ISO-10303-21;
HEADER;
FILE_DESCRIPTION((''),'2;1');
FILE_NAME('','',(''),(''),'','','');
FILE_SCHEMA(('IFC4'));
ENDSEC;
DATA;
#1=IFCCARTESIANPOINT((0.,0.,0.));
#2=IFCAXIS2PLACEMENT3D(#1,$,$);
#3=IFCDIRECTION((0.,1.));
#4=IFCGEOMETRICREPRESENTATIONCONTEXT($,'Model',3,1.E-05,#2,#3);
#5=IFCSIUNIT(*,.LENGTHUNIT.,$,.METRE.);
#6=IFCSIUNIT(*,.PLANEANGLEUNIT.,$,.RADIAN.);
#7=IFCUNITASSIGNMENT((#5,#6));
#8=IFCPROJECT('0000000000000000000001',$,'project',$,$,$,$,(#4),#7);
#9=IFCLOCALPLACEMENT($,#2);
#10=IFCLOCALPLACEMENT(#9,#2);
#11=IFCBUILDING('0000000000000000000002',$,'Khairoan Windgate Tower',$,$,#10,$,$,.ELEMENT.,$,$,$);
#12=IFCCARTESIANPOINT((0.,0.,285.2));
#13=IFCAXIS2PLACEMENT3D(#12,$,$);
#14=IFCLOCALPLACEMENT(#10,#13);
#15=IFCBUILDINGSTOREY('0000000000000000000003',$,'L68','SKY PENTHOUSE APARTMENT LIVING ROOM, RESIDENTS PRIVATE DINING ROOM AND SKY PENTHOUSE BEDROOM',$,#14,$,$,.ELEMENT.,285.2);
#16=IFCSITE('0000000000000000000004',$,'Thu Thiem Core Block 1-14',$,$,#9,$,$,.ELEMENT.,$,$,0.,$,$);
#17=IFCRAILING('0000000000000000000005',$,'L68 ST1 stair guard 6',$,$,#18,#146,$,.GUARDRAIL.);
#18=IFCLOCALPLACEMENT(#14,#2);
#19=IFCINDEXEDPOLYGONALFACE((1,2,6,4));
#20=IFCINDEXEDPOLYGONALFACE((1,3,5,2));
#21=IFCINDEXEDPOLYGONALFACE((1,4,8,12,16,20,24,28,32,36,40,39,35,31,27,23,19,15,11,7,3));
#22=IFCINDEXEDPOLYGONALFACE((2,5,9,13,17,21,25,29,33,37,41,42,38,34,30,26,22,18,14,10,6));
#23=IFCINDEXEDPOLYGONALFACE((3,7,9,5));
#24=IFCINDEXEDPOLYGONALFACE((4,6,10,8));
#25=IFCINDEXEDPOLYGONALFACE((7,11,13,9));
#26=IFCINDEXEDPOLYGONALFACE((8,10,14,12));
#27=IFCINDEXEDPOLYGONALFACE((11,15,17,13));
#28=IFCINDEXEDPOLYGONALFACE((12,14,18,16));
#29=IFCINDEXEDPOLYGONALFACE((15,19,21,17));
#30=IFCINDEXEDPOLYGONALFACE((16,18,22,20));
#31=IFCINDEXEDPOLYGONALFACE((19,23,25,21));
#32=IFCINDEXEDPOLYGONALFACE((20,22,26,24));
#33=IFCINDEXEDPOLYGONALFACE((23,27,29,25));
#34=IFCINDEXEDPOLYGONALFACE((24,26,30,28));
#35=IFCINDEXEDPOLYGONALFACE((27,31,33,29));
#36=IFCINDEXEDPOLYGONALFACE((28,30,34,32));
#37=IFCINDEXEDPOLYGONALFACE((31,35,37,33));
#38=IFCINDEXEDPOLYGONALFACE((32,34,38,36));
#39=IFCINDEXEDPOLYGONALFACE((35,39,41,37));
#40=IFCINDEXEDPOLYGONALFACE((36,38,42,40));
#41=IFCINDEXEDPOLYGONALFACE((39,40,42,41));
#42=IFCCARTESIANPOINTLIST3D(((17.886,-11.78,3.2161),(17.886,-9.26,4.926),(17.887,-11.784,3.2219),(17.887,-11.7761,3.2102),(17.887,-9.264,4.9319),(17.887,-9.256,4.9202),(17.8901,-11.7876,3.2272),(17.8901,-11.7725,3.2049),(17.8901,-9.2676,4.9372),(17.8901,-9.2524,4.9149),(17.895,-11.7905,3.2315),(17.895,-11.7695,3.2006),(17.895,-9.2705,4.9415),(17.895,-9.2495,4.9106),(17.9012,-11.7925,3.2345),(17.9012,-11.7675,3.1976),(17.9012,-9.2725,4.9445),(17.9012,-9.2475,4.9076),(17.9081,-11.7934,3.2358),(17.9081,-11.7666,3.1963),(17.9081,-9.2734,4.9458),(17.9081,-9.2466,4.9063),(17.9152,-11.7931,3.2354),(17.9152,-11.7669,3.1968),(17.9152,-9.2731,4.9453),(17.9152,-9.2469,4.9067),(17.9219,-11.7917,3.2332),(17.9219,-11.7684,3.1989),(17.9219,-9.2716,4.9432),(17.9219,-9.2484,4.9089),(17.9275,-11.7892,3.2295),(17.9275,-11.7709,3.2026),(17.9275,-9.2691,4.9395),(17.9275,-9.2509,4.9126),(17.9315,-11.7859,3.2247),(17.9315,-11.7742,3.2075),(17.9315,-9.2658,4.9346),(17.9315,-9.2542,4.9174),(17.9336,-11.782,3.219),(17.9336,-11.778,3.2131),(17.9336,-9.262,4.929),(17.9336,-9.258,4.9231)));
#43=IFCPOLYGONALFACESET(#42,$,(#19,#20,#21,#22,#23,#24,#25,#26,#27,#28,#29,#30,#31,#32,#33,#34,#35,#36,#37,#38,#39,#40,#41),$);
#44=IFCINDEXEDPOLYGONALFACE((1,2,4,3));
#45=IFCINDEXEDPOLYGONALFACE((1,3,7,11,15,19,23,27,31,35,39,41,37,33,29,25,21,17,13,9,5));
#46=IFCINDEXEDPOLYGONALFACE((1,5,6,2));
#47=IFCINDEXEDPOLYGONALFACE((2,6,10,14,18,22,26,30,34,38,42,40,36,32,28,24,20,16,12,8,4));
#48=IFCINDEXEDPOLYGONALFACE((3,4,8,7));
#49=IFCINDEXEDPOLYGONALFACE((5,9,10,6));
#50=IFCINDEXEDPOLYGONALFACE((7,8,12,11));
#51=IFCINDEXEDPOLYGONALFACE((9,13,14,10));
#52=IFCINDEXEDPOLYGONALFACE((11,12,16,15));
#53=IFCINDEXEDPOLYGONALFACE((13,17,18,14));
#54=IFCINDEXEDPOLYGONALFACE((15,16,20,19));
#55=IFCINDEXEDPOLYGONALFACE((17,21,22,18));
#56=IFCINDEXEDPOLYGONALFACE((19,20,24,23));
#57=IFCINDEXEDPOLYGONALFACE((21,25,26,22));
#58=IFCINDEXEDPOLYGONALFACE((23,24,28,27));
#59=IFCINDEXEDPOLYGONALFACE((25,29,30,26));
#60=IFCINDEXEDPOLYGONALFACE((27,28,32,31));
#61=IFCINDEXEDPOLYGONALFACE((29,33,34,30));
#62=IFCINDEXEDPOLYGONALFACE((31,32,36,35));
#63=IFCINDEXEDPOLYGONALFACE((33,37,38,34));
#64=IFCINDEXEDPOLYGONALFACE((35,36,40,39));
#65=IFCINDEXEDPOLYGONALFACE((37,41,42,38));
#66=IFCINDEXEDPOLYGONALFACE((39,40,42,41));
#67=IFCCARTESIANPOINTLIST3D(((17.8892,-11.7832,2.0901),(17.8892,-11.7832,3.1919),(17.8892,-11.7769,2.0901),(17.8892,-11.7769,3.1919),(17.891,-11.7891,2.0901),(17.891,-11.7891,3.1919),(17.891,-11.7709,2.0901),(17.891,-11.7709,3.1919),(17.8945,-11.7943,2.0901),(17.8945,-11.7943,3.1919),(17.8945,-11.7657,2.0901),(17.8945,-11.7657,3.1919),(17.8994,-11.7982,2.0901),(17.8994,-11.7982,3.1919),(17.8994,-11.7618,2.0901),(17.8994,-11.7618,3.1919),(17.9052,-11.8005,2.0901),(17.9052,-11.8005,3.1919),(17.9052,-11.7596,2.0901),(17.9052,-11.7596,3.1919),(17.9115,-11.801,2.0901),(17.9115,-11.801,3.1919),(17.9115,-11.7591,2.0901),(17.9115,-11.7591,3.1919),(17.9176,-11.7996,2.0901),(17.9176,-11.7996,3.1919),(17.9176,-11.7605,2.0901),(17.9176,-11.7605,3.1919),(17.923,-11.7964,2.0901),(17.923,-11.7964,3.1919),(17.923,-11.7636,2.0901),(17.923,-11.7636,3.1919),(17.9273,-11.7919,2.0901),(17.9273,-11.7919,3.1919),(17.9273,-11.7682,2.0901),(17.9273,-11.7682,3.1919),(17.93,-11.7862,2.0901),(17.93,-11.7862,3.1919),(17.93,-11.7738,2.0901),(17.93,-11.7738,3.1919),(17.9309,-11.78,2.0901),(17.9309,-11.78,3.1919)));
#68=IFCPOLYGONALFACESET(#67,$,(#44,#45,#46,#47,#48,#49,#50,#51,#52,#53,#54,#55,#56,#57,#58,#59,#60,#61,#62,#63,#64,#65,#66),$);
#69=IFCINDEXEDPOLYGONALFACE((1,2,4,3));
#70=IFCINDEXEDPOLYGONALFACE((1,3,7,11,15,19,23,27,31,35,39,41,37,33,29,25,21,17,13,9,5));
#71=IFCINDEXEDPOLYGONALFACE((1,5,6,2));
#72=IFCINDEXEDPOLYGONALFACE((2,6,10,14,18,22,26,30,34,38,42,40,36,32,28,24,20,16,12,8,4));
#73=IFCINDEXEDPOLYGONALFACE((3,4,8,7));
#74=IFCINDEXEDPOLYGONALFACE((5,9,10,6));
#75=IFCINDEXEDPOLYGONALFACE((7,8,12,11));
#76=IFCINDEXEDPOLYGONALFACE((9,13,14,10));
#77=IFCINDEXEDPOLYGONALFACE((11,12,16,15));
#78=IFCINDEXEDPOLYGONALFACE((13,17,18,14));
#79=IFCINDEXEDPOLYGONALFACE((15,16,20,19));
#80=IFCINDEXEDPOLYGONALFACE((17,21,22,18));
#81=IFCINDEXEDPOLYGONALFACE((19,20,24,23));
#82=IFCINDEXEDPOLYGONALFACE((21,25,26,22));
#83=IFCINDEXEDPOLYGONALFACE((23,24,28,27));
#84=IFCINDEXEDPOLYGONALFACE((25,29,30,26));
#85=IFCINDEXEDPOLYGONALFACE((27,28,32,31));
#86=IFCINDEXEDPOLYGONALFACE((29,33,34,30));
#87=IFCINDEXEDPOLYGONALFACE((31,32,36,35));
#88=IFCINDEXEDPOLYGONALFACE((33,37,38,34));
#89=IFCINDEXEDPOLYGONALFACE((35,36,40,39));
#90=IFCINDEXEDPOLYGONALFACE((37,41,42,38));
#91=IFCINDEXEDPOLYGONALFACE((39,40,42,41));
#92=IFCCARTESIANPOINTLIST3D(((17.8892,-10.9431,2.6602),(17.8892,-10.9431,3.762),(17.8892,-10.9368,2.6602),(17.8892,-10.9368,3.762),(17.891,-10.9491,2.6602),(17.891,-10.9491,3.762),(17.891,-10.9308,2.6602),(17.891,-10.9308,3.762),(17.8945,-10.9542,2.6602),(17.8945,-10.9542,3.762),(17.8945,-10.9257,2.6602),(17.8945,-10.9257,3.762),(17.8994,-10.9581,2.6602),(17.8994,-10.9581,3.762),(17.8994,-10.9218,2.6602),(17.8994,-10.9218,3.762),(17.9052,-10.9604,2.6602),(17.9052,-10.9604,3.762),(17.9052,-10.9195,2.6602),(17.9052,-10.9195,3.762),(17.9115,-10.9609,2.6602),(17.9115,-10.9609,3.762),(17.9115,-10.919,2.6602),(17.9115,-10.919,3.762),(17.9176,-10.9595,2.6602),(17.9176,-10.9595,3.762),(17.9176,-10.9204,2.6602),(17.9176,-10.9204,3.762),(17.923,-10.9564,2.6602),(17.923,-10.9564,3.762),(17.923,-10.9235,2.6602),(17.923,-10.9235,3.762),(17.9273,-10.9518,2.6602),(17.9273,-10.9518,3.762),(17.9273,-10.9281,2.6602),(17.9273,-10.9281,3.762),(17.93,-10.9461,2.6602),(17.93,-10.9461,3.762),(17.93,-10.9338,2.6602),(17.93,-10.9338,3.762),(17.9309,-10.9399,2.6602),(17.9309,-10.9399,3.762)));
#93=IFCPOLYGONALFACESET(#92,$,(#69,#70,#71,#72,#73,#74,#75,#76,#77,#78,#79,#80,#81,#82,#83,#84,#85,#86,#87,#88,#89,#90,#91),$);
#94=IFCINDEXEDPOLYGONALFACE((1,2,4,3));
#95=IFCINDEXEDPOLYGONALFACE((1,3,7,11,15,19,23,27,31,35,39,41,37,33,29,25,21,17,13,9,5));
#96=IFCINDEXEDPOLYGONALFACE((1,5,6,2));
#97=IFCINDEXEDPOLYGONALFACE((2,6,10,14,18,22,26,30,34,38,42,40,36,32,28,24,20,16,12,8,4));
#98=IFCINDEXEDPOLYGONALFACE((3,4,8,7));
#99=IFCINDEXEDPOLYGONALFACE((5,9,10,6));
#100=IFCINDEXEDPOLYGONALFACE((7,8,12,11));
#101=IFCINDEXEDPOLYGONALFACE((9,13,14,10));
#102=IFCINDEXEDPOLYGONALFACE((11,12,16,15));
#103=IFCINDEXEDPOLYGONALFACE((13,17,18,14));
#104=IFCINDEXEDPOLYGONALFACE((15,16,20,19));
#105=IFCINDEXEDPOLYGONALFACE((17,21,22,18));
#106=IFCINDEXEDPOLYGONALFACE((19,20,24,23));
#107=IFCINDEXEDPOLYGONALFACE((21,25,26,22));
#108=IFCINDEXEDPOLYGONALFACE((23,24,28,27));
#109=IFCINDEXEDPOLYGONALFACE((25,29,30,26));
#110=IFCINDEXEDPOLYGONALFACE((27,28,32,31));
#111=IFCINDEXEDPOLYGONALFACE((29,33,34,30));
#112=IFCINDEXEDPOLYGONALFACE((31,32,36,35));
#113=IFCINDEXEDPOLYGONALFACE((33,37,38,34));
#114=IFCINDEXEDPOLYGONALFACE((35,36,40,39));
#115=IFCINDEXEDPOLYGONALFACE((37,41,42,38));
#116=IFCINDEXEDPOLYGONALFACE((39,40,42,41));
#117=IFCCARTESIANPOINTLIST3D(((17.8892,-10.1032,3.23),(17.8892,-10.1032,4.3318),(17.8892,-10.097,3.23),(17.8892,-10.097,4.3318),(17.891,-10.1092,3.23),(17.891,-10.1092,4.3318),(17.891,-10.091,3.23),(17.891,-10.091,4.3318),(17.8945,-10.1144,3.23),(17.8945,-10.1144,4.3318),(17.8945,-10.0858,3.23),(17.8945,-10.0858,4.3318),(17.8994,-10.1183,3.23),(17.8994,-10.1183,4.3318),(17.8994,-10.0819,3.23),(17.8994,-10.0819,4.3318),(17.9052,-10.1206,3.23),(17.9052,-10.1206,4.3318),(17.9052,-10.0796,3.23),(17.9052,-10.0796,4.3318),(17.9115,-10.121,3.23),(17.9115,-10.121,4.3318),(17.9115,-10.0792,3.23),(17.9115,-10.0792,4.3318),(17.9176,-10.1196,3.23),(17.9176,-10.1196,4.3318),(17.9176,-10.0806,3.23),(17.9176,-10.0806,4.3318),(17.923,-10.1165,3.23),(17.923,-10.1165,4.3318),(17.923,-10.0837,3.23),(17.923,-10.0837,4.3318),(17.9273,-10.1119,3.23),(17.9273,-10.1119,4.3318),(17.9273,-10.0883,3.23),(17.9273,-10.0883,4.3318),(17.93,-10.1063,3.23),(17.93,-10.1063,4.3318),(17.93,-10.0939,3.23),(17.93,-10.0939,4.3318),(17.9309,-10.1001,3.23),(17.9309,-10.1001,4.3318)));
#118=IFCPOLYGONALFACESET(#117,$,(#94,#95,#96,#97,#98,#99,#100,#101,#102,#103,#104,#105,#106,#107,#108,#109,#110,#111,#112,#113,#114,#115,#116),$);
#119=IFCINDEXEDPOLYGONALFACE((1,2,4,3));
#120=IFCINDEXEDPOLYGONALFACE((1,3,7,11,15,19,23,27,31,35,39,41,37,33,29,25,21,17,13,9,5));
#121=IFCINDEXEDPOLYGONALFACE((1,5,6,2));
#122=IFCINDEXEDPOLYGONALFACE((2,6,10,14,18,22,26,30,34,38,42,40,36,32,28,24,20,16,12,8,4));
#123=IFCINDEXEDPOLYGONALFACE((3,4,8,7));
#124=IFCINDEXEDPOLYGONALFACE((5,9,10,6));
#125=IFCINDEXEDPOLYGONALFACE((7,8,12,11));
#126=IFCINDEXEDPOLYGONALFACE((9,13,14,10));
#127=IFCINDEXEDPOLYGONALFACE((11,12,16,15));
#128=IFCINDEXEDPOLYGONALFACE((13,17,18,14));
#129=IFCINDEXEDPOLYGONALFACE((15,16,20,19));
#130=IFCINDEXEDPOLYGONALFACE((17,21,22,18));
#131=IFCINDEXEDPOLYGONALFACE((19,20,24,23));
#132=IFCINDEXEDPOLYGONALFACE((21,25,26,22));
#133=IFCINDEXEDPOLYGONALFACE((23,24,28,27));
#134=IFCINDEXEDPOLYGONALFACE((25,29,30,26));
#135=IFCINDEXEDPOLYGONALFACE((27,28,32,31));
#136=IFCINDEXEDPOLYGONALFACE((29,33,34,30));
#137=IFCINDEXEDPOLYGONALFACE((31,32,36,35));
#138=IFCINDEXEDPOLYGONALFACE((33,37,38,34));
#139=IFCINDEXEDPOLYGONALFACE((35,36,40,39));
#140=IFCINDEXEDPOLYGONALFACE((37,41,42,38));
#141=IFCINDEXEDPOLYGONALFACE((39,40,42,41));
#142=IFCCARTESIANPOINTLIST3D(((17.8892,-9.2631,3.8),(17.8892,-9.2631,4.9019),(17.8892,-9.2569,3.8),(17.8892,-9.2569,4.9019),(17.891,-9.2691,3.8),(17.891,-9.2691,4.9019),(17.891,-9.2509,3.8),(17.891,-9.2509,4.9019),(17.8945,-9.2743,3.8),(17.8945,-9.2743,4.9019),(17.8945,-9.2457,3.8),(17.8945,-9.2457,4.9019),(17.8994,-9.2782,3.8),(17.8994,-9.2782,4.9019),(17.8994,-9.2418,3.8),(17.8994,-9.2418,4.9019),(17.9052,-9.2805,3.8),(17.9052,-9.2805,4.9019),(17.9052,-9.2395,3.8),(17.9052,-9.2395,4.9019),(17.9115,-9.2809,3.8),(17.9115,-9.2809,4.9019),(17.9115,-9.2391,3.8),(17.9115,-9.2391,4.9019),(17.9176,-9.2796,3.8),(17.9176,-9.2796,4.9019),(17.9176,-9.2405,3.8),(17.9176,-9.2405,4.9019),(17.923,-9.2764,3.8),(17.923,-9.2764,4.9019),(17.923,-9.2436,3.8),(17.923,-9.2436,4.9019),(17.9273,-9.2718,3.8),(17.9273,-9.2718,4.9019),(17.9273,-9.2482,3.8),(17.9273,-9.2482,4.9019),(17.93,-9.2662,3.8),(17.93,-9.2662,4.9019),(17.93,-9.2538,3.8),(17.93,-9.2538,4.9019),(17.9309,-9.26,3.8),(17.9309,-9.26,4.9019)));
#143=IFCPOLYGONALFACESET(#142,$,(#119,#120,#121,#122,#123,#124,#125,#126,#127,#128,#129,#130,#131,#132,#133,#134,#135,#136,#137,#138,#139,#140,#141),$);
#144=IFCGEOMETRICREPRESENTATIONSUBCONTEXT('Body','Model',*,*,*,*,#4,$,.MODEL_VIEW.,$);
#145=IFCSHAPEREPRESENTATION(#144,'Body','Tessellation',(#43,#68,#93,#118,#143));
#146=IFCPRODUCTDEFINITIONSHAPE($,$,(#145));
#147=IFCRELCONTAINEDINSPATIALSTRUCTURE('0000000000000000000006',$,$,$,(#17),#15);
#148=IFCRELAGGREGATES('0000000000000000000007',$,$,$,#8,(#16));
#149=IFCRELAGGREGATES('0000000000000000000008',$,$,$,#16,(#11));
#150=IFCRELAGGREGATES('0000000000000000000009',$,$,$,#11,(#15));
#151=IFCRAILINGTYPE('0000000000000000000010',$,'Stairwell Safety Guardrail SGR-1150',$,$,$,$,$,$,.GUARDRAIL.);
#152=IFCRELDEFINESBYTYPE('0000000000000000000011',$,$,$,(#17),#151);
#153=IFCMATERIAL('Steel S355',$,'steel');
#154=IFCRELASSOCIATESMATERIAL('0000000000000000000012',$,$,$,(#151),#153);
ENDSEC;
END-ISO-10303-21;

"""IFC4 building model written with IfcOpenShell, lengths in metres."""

from ifc_helpers import new_model, si_unit, direction, frame, origin, origin_2d, place, context, subcontext, project, spatial, circle, extrude, material, type_object, element, save


model = new_model("IFC4")

# Units and contexts
model_context = context("Model", 3, precision=1e-05, world=origin(), true_north=direction((0.0, 1.0)))
body_context = subcontext(model_context, "Body", "Model", "MODEL_VIEW")
ifc_project = project(units=[si_unit("LENGTHUNIT", "METRE"), si_unit("PLANEANGLEUNIT", "RADIAN")], contexts=[model_context])

# Site, building, storey
site_placement = place(None, origin())
site = spatial("IfcSite", under=ifc_project, at=site_placement, Name="Thu Thiem Core Block 1-14", CompositionType="ELEMENT", RefElevation=0.0)
building_placement = place(site_placement, origin())
building = spatial("IfcBuilding", under=site, at=building_placement, Name="Khairoan Windgate Tower", CompositionType="ELEMENT")
storey_placement = place(building_placement, frame((0.0, 0.0, 285.2)))
storey = spatial("IfcBuildingStorey", under=building, at=storey_placement, Name="L68", Description="SKY PENTHOUSE APARTMENT LIVING ROOM, RESIDENTS PRIVATE DINING ROOM AND SKY PENTHOUSE BEDROOM", CompositionType="ELEMENT", Elevation=285.2)

# Railing
ifc_material_1 = material(Name="Steel S355", Category="steel")
railing_type_1 = type_object("IfcRailingType", Name="Stairwell Safety Guardrail SGR-1150", PredefinedType="GUARDRAIL", material=ifc_material_1)
railing_1_placement = place(storey_placement, frame((17.9099, -11.78, 2.0901)))
element("IfcRailing", 1, at=railing_1_placement, inside=storey, type_object=railing_type_1, Name="L68 ST1 stair guard 6", PredefinedType="GUARDRAIL", context=body_context, shape_type="SweptSolid", body=[
    extrude(circle(Radius=0.0239, at=origin_2d()), frame((0.0, 0.0, 1.126), z_axis=(0.0, 0.827484, 0.56149), x_axis=(-1.0, 0.0, 0.0)), (0.0, 0.0, 1.0), 3.0454),
    extrude(circle(Radius=0.021, at=origin_2d()), origin(), (0.0, 0.0, 1.0), 1.1018),
    extrude(circle(Radius=0.021, at=origin_2d()), frame((0.0, 0.8401, 0.5701)), (0.0, 0.0, 1.0), 1.1018),
    extrude(circle(Radius=0.021, at=origin_2d()), frame((0.0, 1.6799, 1.1399)), (0.0, 0.0, 1.0), 1.1018),
    extrude(circle(Radius=0.021, at=origin_2d()), frame((0.0, 2.52, 1.71)), (0.0, 0.0, 1.0), 1.1018),
])

save(model, "model.ifc")
